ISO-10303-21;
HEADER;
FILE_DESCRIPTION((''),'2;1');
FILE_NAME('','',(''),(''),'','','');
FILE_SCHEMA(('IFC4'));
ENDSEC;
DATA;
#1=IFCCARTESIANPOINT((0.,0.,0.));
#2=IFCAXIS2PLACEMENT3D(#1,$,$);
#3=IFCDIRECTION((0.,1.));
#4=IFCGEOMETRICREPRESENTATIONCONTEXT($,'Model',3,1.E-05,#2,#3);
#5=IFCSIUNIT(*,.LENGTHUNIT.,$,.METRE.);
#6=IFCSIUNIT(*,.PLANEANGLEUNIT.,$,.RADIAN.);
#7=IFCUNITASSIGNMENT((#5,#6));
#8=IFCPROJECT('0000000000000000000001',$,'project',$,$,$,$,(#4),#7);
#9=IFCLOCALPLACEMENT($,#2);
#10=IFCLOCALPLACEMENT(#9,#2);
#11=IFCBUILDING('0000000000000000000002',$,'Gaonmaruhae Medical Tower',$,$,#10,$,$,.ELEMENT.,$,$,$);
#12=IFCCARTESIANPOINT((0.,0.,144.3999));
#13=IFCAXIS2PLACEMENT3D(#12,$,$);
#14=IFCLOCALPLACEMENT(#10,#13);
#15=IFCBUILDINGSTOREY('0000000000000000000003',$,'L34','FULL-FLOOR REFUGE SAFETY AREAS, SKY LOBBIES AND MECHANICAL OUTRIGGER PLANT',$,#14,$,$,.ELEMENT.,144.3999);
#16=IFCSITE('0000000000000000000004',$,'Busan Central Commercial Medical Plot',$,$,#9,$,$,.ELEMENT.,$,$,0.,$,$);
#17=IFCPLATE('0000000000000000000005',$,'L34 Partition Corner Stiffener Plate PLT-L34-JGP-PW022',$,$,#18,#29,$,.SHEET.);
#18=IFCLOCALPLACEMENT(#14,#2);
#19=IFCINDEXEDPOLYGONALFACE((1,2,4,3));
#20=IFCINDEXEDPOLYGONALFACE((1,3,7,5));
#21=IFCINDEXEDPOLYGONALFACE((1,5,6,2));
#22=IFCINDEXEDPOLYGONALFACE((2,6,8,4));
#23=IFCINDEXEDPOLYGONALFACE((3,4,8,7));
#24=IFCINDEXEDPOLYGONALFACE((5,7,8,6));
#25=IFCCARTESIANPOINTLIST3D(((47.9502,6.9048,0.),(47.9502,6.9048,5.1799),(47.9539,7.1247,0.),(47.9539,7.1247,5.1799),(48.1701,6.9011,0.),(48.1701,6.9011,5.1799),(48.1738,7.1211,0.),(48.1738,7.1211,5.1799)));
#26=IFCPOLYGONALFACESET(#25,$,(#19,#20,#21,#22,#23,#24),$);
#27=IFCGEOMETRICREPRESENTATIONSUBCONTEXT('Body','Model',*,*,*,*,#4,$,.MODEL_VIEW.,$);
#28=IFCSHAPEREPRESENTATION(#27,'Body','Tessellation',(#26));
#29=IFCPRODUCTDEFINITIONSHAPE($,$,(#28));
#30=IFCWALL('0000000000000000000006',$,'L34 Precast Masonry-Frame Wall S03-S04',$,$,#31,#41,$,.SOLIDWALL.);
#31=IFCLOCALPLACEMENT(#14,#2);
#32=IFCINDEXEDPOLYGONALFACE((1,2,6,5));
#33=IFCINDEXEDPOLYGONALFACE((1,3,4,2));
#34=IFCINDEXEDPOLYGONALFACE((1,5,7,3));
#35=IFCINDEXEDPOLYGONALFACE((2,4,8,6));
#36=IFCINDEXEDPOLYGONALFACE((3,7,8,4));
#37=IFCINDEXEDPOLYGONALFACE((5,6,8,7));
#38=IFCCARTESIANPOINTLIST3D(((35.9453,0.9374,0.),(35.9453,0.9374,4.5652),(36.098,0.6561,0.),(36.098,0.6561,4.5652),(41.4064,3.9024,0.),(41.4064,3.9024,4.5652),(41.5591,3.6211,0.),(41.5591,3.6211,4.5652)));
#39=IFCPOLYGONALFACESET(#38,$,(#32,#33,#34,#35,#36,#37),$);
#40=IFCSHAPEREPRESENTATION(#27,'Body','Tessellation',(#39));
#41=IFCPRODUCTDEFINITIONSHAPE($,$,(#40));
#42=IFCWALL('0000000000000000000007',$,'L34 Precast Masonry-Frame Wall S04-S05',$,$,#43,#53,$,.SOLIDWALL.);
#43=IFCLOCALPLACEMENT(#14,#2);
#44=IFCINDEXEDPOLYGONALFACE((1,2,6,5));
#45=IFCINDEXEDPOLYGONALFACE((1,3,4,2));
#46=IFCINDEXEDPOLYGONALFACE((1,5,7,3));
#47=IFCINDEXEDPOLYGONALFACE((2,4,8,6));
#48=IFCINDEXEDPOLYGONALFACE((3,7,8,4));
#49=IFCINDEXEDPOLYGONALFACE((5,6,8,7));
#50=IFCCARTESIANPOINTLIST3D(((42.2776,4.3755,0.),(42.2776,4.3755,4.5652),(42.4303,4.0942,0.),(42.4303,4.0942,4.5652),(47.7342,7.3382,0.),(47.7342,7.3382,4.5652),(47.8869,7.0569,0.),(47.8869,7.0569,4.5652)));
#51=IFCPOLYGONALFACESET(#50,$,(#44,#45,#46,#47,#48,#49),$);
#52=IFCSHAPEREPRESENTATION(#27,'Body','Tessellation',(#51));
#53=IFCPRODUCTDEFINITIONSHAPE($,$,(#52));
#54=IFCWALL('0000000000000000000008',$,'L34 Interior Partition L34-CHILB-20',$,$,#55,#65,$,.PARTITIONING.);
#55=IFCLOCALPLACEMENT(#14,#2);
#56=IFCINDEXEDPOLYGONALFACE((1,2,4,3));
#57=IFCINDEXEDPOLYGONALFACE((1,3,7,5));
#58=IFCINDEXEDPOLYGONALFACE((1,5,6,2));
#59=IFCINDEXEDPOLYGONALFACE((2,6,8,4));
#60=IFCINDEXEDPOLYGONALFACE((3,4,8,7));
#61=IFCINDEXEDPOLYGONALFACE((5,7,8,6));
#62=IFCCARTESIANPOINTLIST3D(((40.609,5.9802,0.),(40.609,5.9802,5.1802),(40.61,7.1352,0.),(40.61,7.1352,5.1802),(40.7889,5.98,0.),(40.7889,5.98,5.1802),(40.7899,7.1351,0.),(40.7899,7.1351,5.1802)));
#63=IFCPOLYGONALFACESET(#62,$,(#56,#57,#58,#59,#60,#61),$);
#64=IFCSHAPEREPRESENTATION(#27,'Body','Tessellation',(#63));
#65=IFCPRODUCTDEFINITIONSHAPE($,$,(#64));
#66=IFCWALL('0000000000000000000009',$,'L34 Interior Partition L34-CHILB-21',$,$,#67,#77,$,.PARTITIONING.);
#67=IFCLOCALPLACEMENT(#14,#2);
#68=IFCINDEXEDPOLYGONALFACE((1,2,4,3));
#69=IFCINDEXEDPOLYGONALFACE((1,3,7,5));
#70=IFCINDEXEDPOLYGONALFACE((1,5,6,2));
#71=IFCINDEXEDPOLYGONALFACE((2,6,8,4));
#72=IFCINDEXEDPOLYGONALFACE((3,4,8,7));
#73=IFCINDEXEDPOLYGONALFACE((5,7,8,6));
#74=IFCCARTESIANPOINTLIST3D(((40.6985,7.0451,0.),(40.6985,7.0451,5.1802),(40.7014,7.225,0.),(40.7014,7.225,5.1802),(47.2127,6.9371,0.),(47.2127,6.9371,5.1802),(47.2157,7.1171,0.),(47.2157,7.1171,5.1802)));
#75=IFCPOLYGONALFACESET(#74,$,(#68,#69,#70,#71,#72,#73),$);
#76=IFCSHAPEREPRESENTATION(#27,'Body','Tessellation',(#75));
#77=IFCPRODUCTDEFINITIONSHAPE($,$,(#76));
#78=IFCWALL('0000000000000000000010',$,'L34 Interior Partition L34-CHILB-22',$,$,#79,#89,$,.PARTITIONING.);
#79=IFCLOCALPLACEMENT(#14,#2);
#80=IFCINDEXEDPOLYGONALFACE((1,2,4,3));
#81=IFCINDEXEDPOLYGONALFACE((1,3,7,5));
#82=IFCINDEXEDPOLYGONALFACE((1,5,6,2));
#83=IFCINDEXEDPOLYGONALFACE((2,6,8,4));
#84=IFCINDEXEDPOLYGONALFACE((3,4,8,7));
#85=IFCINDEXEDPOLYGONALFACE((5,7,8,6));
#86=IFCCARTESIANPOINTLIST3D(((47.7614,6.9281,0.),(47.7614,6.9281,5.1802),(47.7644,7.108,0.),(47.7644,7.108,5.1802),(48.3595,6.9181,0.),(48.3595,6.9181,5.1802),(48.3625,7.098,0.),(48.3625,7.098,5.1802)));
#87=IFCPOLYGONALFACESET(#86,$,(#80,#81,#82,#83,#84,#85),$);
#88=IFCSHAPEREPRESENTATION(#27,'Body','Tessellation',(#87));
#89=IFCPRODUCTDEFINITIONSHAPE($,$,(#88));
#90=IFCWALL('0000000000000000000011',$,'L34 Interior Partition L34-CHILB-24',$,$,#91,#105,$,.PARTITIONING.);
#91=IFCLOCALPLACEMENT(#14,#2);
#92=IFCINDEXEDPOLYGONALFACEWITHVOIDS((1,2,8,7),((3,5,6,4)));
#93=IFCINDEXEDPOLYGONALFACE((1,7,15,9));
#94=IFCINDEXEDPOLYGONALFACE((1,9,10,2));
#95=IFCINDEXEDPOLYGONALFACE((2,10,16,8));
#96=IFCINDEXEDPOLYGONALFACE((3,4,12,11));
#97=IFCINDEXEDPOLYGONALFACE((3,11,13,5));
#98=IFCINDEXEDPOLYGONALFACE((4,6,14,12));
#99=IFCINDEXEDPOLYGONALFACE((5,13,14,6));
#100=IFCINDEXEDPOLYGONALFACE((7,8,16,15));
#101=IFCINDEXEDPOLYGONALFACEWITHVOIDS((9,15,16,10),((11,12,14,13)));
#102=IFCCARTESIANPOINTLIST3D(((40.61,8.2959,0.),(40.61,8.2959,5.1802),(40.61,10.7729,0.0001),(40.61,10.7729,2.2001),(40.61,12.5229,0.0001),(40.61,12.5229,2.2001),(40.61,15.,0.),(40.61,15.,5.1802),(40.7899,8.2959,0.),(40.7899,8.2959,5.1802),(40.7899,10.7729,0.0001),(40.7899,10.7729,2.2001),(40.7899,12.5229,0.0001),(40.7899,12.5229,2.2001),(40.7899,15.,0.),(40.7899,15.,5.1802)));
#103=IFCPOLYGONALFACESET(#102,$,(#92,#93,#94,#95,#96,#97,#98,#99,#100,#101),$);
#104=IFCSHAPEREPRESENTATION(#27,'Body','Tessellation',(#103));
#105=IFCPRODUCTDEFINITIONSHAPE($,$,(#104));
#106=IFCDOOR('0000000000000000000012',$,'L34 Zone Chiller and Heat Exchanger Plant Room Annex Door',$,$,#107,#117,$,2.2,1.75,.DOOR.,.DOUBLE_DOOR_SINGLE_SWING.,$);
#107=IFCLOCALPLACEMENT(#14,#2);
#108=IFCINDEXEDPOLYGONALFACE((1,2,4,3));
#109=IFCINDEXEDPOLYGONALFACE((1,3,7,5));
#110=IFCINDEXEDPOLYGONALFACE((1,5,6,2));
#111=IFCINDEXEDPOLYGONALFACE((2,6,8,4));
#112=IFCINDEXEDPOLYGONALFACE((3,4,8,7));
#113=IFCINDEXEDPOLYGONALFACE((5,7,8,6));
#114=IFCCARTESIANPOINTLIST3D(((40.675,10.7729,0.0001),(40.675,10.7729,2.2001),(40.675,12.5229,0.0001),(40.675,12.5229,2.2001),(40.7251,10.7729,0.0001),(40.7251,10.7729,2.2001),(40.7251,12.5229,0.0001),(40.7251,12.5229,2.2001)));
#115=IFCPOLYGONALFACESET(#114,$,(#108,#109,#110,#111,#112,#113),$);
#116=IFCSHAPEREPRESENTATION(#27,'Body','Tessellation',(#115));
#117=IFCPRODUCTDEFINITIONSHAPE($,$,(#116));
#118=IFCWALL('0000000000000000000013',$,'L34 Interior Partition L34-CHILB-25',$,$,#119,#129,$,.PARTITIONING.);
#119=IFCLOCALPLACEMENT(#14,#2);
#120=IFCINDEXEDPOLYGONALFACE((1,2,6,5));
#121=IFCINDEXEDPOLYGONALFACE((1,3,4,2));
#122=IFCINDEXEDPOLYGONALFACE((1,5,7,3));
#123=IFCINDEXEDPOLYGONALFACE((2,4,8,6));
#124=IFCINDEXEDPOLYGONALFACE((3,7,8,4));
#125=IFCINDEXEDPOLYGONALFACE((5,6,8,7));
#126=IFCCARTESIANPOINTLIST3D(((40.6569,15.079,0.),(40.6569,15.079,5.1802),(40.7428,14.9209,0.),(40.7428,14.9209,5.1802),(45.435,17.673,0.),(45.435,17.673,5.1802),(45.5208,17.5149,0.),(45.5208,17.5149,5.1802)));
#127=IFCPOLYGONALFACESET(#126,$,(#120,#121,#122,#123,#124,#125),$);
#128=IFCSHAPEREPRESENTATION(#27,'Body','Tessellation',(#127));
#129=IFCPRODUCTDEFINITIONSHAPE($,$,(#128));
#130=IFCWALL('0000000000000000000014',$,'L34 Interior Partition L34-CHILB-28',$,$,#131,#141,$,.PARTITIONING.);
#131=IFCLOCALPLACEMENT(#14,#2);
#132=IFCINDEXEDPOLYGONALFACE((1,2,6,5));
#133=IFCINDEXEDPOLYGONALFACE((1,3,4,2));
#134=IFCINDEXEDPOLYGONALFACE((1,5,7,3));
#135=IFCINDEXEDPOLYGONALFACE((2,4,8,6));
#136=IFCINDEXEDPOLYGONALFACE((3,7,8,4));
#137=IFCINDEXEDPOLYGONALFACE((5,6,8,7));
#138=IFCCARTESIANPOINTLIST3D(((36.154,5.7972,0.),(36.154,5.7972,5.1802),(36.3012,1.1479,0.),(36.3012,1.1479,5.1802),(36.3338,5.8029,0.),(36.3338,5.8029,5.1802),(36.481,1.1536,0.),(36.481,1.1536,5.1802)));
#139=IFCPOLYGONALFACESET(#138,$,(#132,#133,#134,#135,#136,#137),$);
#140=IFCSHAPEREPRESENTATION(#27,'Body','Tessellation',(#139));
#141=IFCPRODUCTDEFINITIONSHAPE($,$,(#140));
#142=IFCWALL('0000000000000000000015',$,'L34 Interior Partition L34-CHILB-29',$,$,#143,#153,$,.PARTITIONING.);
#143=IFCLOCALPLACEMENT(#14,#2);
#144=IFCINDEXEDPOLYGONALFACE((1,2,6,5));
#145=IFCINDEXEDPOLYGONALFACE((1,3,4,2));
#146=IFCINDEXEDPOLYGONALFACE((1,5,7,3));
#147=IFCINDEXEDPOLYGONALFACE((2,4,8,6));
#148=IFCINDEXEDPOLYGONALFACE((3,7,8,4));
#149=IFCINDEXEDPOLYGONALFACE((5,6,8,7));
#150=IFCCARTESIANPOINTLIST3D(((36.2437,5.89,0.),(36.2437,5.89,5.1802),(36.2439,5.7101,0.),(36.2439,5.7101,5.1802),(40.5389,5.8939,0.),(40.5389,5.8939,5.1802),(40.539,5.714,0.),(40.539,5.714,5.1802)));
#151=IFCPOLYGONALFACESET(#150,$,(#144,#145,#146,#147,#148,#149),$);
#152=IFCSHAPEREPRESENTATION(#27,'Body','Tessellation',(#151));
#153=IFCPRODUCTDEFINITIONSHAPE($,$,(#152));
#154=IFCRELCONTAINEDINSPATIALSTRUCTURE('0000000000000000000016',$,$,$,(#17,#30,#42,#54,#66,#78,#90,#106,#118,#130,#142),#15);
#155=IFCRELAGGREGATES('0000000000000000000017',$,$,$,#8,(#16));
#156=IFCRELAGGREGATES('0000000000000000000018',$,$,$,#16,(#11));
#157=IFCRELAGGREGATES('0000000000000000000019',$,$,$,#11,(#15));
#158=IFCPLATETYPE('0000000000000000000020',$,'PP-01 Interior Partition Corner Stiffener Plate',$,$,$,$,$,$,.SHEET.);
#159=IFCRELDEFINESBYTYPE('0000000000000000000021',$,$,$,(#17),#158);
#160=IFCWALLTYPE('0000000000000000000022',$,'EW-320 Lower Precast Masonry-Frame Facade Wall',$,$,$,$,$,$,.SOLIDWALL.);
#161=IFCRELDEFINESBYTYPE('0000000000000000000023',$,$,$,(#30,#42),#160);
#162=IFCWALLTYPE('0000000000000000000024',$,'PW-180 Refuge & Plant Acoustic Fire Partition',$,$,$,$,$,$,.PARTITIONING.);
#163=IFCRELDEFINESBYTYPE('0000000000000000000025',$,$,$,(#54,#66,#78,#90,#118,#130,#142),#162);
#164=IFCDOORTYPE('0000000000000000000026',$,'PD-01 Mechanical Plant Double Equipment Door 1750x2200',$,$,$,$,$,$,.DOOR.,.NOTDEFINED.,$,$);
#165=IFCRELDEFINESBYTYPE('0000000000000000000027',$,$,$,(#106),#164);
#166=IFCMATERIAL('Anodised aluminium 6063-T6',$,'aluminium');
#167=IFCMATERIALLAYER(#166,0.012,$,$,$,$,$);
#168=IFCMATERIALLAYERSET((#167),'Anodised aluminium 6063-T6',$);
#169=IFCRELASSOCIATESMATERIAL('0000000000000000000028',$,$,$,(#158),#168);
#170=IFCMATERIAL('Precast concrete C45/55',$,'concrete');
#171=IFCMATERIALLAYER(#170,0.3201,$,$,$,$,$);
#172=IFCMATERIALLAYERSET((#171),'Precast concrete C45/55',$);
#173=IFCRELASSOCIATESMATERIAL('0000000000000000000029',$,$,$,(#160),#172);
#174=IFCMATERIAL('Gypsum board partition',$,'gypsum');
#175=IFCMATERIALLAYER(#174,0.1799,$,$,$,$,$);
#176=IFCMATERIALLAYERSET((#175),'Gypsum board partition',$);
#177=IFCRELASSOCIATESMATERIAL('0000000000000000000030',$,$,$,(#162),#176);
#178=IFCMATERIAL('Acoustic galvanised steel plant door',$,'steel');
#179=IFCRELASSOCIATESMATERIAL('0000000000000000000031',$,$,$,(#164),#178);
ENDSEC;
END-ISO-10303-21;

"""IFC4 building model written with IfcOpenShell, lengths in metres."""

from ifc_helpers import new_model, si_unit, direction, frame, frame_2d, origin, origin_2d, place, context, subcontext, project, spatial, rectangle, extrude, material, layer, layer_set, type_object, element, fill, save


model = new_model("IFC4")

# Units and contexts
model_context = context("Model", 3, precision=1e-05, world=origin(), true_north=direction((0.0, 1.0)))
body_context = subcontext(model_context, "Body", "Model", "MODEL_VIEW")
ifc_project = project(units=[si_unit("LENGTHUNIT", "METRE"), si_unit("PLANEANGLEUNIT", "RADIAN")], contexts=[model_context])

# Site, building, storey
site_placement = place(None, origin())
site = spatial("IfcSite", under=ifc_project, at=site_placement, Name="Busan Central Commercial Medical Plot", CompositionType="ELEMENT", RefElevation=0.0)
building_placement = place(site_placement, origin())
building = spatial("IfcBuilding", under=site, at=building_placement, Name="Gaonmaruhae Medical Tower", CompositionType="ELEMENT")
storey_placement = place(building_placement, frame((0.0, 0.0, 144.3999)))
storey = spatial("IfcBuildingStorey", under=building, at=storey_placement, Name="L34", Description="FULL-FLOOR REFUGE SAFETY AREAS, SKY LOBBIES AND MECHANICAL OUTRIGGER PLANT", CompositionType="ELEMENT", Elevation=144.3999)

# Plate
ifc_material_1 = material(Name="Anodised aluminium 6063-T6", Category="aluminium")
ifc_layer_1 = layer(ifc_material_1, 0.012)
ifc_layer_set_1 = layer_set([ifc_layer_1], Name="Anodised aluminium 6063-T6")
plate_type_1 = type_object("IfcPlateType", Name="PP-01 Interior Partition Corner Stiffener Plate", PredefinedType="SHEET", material=ifc_layer_set_1)
plate_placement = place(storey_placement, frame((48.062, 7.0129, 0.0), z_axis=(0.0, 0.0, 1.0), x_axis=(0.99986, -0.016719, 0.0)))
element("IfcPlate", 1, at=plate_placement, inside=storey, type_object=plate_type_1, Name="L34 Partition Corner Stiffener Plate PLT-L34-JGP-PW022", PredefinedType="SHEET", context=body_context, shape_type="SweptSolid", body=[
    extrude(rectangle(XDim=0.22, YDim=0.22, at=origin_2d()), origin(), (0.0, 0.0, 1.0), 5.1799),
])

# Walls
ifc_material_2 = material(Name="Precast concrete C45/55", Category="concrete")
ifc_layer_2 = layer(ifc_material_2, 0.3201)
ifc_layer_set_2 = layer_set([ifc_layer_2], Name="Precast concrete C45/55")
wall_type_1 = type_object("IfcWallType", Name="EW-320 Lower Precast Masonry-Frame Facade Wall", PredefinedType="SOLIDWALL", material=ifc_layer_set_2)
wall_1_placement = place(storey_placement, frame((41.4827, 3.7617, 0.0), z_axis=(0.0, 0.0, 1.0), x_axis=(-0.878823, -0.477147, 0.0)))
element("IfcWall", 2, at=wall_1_placement, inside=storey, type_object=wall_type_1, Name="L34 Precast Masonry-Frame Wall S03-S04", PredefinedType="SOLIDWALL", context=body_context, shape_type="SweptSolid", body=[
    extrude(rectangle(XDim=6.2141, YDim=0.3201, at=frame_2d((3.1069, 0.0))), origin(), (0.0, 0.0, 1.0), 4.5652),
])
wall_2_placement = place(storey_placement, frame((47.8105, 7.1975, 0.0), z_axis=(0.0, 0.0, 1.0), x_axis=(-0.878818, -0.477157, 0.0)))
element("IfcWall", 3, at=wall_2_placement, inside=storey, type_object=wall_type_1, Name="L34 Precast Masonry-Frame Wall S04-S05", PredefinedType="SOLIDWALL", context=body_context, shape_type="SweptSolid", body=[
    extrude(rectangle(XDim=6.209, YDim=0.3201, at=frame_2d((3.1045, 0.0))), origin(), (0.0, 0.0, 1.0), 4.5652),
])
ifc_material_3 = material(Name="Gypsum board partition", Category="gypsum")
ifc_layer_3 = layer(ifc_material_3, 0.1799)
ifc_layer_set_3 = layer_set([ifc_layer_3], Name="Gypsum board partition")
wall_type_2 = type_object("IfcWallType", Name="PW-180 Refuge & Plant Acoustic Fire Partition", PredefinedType="PARTITIONING", material=ifc_layer_set_3)
wall_3_placement = place(storey_placement, frame((40.699, 5.98, 0.0), z_axis=(0.0, 0.0, 1.0), x_axis=(0.000845, 1.0, 0.0)))
element("IfcWall", 4, at=wall_3_placement, inside=storey, type_object=wall_type_2, Name="L34 Interior Partition L34-CHILB-20", PredefinedType="PARTITIONING", context=body_context, shape_type="SweptSolid", body=[
    extrude(rectangle(XDim=1.155, YDim=0.1799, at=frame_2d((0.5776, 0.0))), origin(), (0.0, 0.0, 1.0), 5.1802),
])
wall_4_placement = place(storey_placement, frame((40.7, 7.135, 0.0), z_axis=(0.0, 0.0, 1.0), x_axis=(0.999863, -0.016563, 0.0)))
element("IfcWall", 5, at=wall_4_placement, inside=storey, type_object=wall_type_2, Name="L34 Interior Partition L34-CHILB-21", PredefinedType="PARTITIONING", context=body_context, shape_type="SweptSolid", body=[
    extrude(rectangle(XDim=6.5151, YDim=0.1799, at=frame_2d((3.2576, 0.0))), origin(), (0.0, 0.0, 1.0), 5.1802),
])
wall_5_placement = place(storey_placement, frame((47.7629, 7.0181, 0.0), z_axis=(0.0, 0.0, 1.0), x_axis=(0.99986, -0.016732, 0.0)))
element("IfcWall", 6, at=wall_5_placement, inside=storey, type_object=wall_type_2, Name="L34 Interior Partition L34-CHILB-22", PredefinedType="PARTITIONING", context=body_context, shape_type="SweptSolid", body=[
    extrude(rectangle(XDim=0.5981, YDim=0.1799, at=frame_2d((0.2991, 0.0))), origin(), (0.0, 0.0, 1.0), 5.1802),
])

# Wall, opening, door
wall_6_placement = place(storey_placement, frame((40.7, 8.2959, 0.0), z_axis=(0.0, 0.0, 1.0), x_axis=(0.0, 1.0, 0.0)))
wall_6 = element("IfcWall", 7, at=wall_6_placement, inside=storey, type_object=wall_type_2, Name="L34 Interior Partition L34-CHILB-24", PredefinedType="PARTITIONING", context=body_context, shape_type="SweptSolid", body=[
    extrude(rectangle(XDim=6.7041, YDim=0.1799, at=frame_2d((3.3521, 0.0))), origin(), (0.0, 0.0, 1.0), 5.1802),
])
opening_placement = place(wall_6_placement, frame((2.4771, 0.0, 0.0)))
opening = element("IfcOpeningElement", 8, at=opening_placement, cuts=wall_6, PredefinedType="OPENING", context=body_context, shape_type="SweptSolid", body=[
    extrude(rectangle(XDim=1.75, YDim=2.2, at=frame_2d((0.875, 1.1001))), frame((0.0, 0.1001, 0.0), z_axis=(0.0, -1.0, 0.0), x_axis=(1.0, 0.0, 0.0)), (0.0, 0.0, 1.0), 0.2),
])
ifc_material_4 = material(Name="Acoustic galvanised steel plant door", Category="steel")
door_type = type_object("IfcDoorType", Name="PD-01 Mechanical Plant Double Equipment Door 1750x2200", OperationType="NOTDEFINED", PredefinedType="DOOR", material=ifc_material_4)
door_placement = place(opening_placement, origin())
door = element("IfcDoor", 9, at=door_placement, inside=storey, type_object=door_type, Name="L34 Zone Chiller and Heat Exchanger Plant Room Annex Door", OperationType="DOUBLE_DOOR_SINGLE_SWING", OverallHeight=2.2, OverallWidth=1.75, PredefinedType="DOOR", context=body_context, shape_type="SweptSolid", body=[
    extrude(rectangle(XDim=1.75, YDim=2.2, at=frame_2d((0.875, 1.1001))), frame((0.0, 0.0249, 0.0), z_axis=(0.0, -1.0, 0.0), x_axis=(1.0, 0.0, 0.0)), (0.0, 0.0, 1.0), 0.05),
])
fill(opening, door)

# Walls
wall_7_placement = place(storey_placement, frame((40.7, 15.0, 0.0), z_axis=(0.0, 0.0, 1.0), x_axis=(0.878839, 0.477118, 0.0)))
element("IfcWall", 10, at=wall_7_placement, inside=storey, type_object=wall_type_2, Name="L34 Interior Partition L34-CHILB-25", PredefinedType="PARTITIONING", context=body_context, shape_type="SweptSolid", body=[
    extrude(rectangle(XDim=5.4368, YDim=0.1799, at=frame_2d((2.7183, 0.0))), origin(), (0.0, 0.0, 1.0), 5.1802),
])
wall_8_placement = place(storey_placement, frame((36.3911, 1.1509, 0.0), z_axis=(0.0, 0.0, 1.0), x_axis=(-0.031649, 0.999499, 0.0)))
element("IfcWall", 11, at=wall_8_placement, inside=storey, type_object=wall_type_2, Name="L34 Interior Partition L34-CHILB-28", PredefinedType="PARTITIONING", context=body_context, shape_type="SweptSolid", body=[
    extrude(rectangle(XDim=4.6516, YDim=0.1799, at=frame_2d((2.3257, 0.0))), origin(), (0.0, 0.0, 1.0), 5.1802),
])
wall_9_placement = place(storey_placement, frame((36.2439, 5.8, 0.0), z_axis=(0.0, 0.0, 1.0), x_axis=(1.0, 0.000909, 0.0)))
element("IfcWall", 12, at=wall_9_placement, inside=storey, type_object=wall_type_2, Name="L34 Interior Partition L34-CHILB-29", PredefinedType="PARTITIONING", context=body_context, shape_type="SweptSolid", body=[
    extrude(rectangle(XDim=4.2952, YDim=0.1799, at=frame_2d((2.1475, 0.0))), origin(), (0.0, 0.0, 1.0), 5.1802),
])

save(model, "model.ifc")
